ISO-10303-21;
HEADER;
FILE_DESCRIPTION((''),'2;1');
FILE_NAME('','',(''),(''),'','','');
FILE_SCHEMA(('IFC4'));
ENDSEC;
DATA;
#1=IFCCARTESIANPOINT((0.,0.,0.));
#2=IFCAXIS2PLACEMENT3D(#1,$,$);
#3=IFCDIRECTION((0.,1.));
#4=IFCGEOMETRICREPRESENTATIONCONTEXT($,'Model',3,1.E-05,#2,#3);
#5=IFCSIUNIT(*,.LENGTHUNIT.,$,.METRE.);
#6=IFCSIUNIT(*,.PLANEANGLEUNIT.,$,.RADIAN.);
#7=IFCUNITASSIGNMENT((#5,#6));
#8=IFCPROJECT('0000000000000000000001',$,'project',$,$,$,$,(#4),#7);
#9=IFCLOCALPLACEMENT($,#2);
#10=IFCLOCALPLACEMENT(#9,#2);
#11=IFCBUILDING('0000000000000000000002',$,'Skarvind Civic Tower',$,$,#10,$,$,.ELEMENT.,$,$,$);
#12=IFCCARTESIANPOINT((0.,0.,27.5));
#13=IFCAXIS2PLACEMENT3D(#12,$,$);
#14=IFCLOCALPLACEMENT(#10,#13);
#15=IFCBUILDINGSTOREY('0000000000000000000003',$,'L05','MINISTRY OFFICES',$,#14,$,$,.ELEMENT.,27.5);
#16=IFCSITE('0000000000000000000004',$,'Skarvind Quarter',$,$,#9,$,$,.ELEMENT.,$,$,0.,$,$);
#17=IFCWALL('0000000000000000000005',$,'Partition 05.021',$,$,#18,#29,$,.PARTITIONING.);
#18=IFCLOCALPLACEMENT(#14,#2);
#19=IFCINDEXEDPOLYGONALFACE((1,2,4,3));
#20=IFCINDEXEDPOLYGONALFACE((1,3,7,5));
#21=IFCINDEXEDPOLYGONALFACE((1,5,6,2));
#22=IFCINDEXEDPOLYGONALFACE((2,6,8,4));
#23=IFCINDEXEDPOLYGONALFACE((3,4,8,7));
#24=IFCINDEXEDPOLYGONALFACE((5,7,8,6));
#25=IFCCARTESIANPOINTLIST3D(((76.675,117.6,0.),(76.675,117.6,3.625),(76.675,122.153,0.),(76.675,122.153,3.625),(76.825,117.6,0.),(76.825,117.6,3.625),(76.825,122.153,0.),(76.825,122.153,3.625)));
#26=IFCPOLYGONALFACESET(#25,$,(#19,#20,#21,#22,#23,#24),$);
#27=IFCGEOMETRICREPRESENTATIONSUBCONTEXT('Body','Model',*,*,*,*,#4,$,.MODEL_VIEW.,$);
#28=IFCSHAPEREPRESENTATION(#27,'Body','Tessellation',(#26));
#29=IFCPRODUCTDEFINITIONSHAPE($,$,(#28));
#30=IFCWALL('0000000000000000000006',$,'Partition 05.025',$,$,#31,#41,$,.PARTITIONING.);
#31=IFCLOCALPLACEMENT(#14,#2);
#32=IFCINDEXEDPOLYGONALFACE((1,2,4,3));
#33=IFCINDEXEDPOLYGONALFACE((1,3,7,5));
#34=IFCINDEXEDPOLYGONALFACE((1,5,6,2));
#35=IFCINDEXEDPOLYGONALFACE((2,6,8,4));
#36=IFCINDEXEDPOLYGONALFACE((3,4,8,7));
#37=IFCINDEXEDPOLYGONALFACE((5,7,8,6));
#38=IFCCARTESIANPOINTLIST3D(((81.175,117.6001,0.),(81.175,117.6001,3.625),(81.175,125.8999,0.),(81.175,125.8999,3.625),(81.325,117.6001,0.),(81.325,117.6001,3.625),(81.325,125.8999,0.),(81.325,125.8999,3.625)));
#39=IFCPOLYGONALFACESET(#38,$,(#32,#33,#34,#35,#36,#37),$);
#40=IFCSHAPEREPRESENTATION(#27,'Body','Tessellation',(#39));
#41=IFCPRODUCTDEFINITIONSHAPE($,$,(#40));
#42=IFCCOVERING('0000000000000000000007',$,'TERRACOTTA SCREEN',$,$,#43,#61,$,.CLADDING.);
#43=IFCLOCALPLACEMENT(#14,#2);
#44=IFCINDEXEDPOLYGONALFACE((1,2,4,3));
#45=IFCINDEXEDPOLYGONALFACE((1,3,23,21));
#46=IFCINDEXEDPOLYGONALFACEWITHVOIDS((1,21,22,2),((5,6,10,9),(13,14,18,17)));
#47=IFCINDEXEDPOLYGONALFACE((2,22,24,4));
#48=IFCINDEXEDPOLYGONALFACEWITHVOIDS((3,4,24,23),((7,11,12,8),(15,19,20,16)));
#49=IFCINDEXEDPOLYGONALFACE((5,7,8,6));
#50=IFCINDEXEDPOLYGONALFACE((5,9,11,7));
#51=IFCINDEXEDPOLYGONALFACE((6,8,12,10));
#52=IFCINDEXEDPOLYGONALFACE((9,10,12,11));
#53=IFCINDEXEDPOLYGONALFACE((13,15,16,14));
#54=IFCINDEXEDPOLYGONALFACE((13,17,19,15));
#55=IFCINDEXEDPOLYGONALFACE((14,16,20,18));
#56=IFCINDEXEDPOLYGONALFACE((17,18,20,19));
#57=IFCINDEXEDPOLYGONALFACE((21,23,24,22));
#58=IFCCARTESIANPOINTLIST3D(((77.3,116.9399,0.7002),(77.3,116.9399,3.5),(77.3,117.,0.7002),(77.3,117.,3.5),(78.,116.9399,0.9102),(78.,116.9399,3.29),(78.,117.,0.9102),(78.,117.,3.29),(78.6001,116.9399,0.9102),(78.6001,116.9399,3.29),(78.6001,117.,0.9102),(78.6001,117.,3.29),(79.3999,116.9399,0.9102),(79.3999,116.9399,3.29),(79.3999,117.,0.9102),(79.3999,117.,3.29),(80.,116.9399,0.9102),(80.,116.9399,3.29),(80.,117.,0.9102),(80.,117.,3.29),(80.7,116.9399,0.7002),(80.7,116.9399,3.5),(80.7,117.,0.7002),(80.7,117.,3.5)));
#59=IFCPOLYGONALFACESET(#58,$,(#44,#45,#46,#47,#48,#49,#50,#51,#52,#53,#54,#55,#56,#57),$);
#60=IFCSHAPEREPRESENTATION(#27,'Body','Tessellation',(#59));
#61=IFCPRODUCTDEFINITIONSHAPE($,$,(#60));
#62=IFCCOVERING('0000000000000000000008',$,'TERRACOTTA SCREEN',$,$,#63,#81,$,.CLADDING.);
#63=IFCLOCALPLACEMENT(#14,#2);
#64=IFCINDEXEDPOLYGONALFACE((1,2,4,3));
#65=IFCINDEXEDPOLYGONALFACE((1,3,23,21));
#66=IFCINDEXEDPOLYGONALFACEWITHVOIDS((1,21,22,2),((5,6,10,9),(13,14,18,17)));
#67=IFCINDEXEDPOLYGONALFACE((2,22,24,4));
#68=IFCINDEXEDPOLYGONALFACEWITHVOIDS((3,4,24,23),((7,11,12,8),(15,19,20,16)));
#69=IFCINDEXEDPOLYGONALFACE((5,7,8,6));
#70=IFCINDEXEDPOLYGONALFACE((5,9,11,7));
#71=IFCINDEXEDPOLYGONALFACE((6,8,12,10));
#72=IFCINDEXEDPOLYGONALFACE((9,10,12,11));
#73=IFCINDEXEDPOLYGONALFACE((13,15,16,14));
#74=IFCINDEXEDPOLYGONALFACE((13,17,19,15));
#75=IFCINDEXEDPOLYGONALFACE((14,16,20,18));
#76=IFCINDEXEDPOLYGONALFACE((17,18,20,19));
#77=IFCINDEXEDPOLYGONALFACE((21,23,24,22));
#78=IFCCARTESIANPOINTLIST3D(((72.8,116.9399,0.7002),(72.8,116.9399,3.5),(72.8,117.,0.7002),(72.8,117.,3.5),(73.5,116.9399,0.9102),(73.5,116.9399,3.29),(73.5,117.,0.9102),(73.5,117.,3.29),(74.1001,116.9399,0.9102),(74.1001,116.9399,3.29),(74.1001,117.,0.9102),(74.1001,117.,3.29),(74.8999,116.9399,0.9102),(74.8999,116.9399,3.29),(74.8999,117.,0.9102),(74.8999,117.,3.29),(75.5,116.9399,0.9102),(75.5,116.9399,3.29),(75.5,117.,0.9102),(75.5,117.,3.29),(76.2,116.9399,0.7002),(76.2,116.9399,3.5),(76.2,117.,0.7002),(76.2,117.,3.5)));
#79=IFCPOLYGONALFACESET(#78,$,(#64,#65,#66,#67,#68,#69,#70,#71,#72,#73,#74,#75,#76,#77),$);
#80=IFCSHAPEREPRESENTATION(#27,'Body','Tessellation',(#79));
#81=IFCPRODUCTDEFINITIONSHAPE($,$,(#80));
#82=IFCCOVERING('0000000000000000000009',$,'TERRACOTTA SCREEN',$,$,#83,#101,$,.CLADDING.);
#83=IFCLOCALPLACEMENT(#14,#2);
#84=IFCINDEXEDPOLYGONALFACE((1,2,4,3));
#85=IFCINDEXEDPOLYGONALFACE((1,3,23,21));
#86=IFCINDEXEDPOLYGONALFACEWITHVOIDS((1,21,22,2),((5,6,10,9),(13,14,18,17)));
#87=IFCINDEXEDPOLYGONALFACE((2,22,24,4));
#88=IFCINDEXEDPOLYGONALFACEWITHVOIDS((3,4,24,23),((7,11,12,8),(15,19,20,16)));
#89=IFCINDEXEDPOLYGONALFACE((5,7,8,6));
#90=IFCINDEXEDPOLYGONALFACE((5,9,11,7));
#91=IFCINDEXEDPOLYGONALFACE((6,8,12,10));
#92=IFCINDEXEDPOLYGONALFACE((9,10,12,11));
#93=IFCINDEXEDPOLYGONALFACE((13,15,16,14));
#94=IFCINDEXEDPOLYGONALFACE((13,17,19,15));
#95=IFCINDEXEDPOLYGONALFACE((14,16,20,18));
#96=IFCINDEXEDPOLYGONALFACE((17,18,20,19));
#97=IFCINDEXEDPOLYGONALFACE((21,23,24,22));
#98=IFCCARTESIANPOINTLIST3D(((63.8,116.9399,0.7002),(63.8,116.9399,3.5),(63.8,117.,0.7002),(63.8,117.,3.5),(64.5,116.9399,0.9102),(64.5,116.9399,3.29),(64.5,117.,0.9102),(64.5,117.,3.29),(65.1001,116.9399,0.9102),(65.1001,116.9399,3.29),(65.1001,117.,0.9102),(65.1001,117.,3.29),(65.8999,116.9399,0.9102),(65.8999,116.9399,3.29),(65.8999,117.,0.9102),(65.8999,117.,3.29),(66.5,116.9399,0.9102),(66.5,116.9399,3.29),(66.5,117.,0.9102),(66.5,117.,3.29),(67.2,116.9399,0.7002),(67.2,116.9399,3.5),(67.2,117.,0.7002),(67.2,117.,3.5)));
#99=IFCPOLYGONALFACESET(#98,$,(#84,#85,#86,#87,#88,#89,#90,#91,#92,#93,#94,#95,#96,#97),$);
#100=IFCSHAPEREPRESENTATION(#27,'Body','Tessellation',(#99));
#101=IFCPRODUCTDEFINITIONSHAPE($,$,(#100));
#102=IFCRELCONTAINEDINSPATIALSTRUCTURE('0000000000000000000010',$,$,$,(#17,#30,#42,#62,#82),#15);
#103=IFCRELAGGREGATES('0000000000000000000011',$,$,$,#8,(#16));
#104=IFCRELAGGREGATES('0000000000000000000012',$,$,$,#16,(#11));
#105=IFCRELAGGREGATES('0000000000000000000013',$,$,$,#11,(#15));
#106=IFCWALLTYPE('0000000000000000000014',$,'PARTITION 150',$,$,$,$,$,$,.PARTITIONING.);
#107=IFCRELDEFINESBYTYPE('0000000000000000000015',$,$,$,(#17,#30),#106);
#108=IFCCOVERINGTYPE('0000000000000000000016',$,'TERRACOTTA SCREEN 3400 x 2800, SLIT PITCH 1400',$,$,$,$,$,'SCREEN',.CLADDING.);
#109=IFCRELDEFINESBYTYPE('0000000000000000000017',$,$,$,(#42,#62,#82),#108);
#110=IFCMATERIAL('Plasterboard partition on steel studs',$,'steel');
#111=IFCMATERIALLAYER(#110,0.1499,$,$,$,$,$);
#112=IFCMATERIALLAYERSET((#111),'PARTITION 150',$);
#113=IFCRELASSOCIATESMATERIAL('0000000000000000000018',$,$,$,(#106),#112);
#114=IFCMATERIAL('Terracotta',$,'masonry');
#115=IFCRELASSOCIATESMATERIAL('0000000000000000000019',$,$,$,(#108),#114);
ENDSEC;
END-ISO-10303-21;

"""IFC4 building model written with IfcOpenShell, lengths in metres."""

from ifc_helpers import new_model, si_unit, direction, frame, frame_2d, origin, place, context, subcontext, project, spatial, polyline, rectangle, outline, extrude, material, layer, layer_set, material_profile, profile_set, type_object, element, save


model = new_model("IFC4")

# Units and contexts
model_context = context("Model", 3, precision=1e-05, world=origin(), true_north=direction((0.0, 1.0)))
body_context = subcontext(model_context, "Body", "Model", "MODEL_VIEW")
ifc_project = project(units=[si_unit("LENGTHUNIT", "METRE"), si_unit("PLANEANGLEUNIT", "RADIAN")], contexts=[model_context])

# Site, building, storey
site_placement = place(None, origin())
site = spatial("IfcSite", under=ifc_project, at=site_placement, Name="Skarvind Quarter", CompositionType="ELEMENT", RefElevation=0.0)
building_placement = place(site_placement, origin())
building = spatial("IfcBuilding", under=site, at=building_placement, Name="Skarvind Civic Tower", CompositionType="ELEMENT")
storey_placement = place(building_placement, frame((0.0, 0.0, 27.5)))
storey = spatial("IfcBuildingStorey", under=building, at=storey_placement, Name="L05", Description="MINISTRY OFFICES", CompositionType="ELEMENT", Elevation=27.5)

# Walls
ifc_material_1 = material(Name="Plasterboard partition on steel studs", Category="steel")
ifc_layer_1 = layer(ifc_material_1, 0.1499)
ifc_layer_set_1 = layer_set([ifc_layer_1], Name="PARTITION 150")
wall_type_1 = type_object("IfcWallType", Name="PARTITION 150", PredefinedType="PARTITIONING", material=ifc_layer_set_1)
wall_1_placement = place(storey_placement, frame((76.75, 117.6001, 0.0), z_axis=(0.0, 0.0, 1.0), x_axis=(0.0, 1.0, 0.0)))
element("IfcWall", 1, at=wall_1_placement, inside=storey, type_object=wall_type_1, Name="Partition 05.021", PredefinedType="PARTITIONING", context=body_context, shape_type="SweptSolid", body=[
    extrude(rectangle(XDim=4.553, YDim=0.1499, at=frame_2d((2.2764, 0.0))), origin(), (0.0, 0.0, 1.0), 3.625),
])
wall_2_placement = place(storey_placement, frame((81.25, 117.6001, 0.0), z_axis=(0.0, 0.0, 1.0), x_axis=(0.0, 1.0, 0.0)))
element("IfcWall", 2, at=wall_2_placement, inside=storey, type_object=wall_type_1, Name="Partition 05.025", PredefinedType="PARTITIONING", context=body_context, shape_type="SweptSolid", body=[
    extrude(rectangle(XDim=8.2998, YDim=0.1499, at=frame_2d((4.1499, 0.0))), origin(), (0.0, 0.0, 1.0), 3.625),
])

# Coverings
ifc_material_2 = material(Name="Terracotta", Category="masonry")
ifc_material_profile_1 = material_profile(ifc_material_2, outline(polyline([(-1.7, -1.3999), (1.7, -1.3999), (1.7, 1.3999), (-1.7, 1.3999), (-1.7, -1.3999)]), holes=[polyline([(-1.0, -1.1899), (-0.3999, -1.1899), (-0.3999, 1.1899), (-1.0, 1.1899), (-1.0, -1.1899)]), polyline([(0.3999, -1.1899), (1.0, -1.1899), (1.0, 1.1899), (0.3999, 1.1899), (0.3999, -1.1899)])]), Name="TERRACOTTA SCREEN 3400 x 2800, SLIT PITCH 1400")
ifc_profile_set_1 = profile_set([ifc_material_profile_1], Name="Terracotta")
covering_type = type_object("IfcCoveringType", Name="TERRACOTTA SCREEN 3400 x 2800, SLIT PITCH 1400", ElementType="SCREEN", PredefinedType="CLADDING", material=ifc_profile_set_1)
for number, where, z_axis, x_axis, name in (
    (3, (79.0, 117.0, 2.1001), (0.0, -1.0, 0.0), (1.0, 0.0, 0.0), "TERRACOTTA SCREEN"),
    (4, (74.5, 117.0, 2.1001), (0.0, -1.0, 0.0), (1.0, 0.0, 0.0), "TERRACOTTA SCREEN"),
    (5, (65.5, 117.0, 2.1001), (0.0, -1.0, 0.0), (1.0, 0.0, 0.0), "TERRACOTTA SCREEN"),
):
    element("IfcCovering", number, at=place(storey_placement, frame(where, z_axis=z_axis, x_axis=x_axis)), inside=storey, type_object=covering_type, Name=name, PredefinedType="CLADDING", context=body_context, shape_type="SweptSolid", body=[
        extrude(outline(polyline([(-1.7, -1.3999), (1.7, -1.3999), (1.7, 1.3999), (-1.7, 1.3999), (-1.7, -1.3999)]), holes=[polyline([(-1.0, -1.1899), (-0.3999, -1.1899), (-0.3999, 1.1899), (-1.0, 1.1899), (-1.0, -1.1899)]), polyline([(0.3999, -1.1899), (1.0, -1.1899), (1.0, 1.1899), (0.3999, 1.1899), (0.3999, -1.1899)])]), origin(), (0.0, 0.0, 1.0), 0.0601),
    ])

save(model, "model.ifc")
